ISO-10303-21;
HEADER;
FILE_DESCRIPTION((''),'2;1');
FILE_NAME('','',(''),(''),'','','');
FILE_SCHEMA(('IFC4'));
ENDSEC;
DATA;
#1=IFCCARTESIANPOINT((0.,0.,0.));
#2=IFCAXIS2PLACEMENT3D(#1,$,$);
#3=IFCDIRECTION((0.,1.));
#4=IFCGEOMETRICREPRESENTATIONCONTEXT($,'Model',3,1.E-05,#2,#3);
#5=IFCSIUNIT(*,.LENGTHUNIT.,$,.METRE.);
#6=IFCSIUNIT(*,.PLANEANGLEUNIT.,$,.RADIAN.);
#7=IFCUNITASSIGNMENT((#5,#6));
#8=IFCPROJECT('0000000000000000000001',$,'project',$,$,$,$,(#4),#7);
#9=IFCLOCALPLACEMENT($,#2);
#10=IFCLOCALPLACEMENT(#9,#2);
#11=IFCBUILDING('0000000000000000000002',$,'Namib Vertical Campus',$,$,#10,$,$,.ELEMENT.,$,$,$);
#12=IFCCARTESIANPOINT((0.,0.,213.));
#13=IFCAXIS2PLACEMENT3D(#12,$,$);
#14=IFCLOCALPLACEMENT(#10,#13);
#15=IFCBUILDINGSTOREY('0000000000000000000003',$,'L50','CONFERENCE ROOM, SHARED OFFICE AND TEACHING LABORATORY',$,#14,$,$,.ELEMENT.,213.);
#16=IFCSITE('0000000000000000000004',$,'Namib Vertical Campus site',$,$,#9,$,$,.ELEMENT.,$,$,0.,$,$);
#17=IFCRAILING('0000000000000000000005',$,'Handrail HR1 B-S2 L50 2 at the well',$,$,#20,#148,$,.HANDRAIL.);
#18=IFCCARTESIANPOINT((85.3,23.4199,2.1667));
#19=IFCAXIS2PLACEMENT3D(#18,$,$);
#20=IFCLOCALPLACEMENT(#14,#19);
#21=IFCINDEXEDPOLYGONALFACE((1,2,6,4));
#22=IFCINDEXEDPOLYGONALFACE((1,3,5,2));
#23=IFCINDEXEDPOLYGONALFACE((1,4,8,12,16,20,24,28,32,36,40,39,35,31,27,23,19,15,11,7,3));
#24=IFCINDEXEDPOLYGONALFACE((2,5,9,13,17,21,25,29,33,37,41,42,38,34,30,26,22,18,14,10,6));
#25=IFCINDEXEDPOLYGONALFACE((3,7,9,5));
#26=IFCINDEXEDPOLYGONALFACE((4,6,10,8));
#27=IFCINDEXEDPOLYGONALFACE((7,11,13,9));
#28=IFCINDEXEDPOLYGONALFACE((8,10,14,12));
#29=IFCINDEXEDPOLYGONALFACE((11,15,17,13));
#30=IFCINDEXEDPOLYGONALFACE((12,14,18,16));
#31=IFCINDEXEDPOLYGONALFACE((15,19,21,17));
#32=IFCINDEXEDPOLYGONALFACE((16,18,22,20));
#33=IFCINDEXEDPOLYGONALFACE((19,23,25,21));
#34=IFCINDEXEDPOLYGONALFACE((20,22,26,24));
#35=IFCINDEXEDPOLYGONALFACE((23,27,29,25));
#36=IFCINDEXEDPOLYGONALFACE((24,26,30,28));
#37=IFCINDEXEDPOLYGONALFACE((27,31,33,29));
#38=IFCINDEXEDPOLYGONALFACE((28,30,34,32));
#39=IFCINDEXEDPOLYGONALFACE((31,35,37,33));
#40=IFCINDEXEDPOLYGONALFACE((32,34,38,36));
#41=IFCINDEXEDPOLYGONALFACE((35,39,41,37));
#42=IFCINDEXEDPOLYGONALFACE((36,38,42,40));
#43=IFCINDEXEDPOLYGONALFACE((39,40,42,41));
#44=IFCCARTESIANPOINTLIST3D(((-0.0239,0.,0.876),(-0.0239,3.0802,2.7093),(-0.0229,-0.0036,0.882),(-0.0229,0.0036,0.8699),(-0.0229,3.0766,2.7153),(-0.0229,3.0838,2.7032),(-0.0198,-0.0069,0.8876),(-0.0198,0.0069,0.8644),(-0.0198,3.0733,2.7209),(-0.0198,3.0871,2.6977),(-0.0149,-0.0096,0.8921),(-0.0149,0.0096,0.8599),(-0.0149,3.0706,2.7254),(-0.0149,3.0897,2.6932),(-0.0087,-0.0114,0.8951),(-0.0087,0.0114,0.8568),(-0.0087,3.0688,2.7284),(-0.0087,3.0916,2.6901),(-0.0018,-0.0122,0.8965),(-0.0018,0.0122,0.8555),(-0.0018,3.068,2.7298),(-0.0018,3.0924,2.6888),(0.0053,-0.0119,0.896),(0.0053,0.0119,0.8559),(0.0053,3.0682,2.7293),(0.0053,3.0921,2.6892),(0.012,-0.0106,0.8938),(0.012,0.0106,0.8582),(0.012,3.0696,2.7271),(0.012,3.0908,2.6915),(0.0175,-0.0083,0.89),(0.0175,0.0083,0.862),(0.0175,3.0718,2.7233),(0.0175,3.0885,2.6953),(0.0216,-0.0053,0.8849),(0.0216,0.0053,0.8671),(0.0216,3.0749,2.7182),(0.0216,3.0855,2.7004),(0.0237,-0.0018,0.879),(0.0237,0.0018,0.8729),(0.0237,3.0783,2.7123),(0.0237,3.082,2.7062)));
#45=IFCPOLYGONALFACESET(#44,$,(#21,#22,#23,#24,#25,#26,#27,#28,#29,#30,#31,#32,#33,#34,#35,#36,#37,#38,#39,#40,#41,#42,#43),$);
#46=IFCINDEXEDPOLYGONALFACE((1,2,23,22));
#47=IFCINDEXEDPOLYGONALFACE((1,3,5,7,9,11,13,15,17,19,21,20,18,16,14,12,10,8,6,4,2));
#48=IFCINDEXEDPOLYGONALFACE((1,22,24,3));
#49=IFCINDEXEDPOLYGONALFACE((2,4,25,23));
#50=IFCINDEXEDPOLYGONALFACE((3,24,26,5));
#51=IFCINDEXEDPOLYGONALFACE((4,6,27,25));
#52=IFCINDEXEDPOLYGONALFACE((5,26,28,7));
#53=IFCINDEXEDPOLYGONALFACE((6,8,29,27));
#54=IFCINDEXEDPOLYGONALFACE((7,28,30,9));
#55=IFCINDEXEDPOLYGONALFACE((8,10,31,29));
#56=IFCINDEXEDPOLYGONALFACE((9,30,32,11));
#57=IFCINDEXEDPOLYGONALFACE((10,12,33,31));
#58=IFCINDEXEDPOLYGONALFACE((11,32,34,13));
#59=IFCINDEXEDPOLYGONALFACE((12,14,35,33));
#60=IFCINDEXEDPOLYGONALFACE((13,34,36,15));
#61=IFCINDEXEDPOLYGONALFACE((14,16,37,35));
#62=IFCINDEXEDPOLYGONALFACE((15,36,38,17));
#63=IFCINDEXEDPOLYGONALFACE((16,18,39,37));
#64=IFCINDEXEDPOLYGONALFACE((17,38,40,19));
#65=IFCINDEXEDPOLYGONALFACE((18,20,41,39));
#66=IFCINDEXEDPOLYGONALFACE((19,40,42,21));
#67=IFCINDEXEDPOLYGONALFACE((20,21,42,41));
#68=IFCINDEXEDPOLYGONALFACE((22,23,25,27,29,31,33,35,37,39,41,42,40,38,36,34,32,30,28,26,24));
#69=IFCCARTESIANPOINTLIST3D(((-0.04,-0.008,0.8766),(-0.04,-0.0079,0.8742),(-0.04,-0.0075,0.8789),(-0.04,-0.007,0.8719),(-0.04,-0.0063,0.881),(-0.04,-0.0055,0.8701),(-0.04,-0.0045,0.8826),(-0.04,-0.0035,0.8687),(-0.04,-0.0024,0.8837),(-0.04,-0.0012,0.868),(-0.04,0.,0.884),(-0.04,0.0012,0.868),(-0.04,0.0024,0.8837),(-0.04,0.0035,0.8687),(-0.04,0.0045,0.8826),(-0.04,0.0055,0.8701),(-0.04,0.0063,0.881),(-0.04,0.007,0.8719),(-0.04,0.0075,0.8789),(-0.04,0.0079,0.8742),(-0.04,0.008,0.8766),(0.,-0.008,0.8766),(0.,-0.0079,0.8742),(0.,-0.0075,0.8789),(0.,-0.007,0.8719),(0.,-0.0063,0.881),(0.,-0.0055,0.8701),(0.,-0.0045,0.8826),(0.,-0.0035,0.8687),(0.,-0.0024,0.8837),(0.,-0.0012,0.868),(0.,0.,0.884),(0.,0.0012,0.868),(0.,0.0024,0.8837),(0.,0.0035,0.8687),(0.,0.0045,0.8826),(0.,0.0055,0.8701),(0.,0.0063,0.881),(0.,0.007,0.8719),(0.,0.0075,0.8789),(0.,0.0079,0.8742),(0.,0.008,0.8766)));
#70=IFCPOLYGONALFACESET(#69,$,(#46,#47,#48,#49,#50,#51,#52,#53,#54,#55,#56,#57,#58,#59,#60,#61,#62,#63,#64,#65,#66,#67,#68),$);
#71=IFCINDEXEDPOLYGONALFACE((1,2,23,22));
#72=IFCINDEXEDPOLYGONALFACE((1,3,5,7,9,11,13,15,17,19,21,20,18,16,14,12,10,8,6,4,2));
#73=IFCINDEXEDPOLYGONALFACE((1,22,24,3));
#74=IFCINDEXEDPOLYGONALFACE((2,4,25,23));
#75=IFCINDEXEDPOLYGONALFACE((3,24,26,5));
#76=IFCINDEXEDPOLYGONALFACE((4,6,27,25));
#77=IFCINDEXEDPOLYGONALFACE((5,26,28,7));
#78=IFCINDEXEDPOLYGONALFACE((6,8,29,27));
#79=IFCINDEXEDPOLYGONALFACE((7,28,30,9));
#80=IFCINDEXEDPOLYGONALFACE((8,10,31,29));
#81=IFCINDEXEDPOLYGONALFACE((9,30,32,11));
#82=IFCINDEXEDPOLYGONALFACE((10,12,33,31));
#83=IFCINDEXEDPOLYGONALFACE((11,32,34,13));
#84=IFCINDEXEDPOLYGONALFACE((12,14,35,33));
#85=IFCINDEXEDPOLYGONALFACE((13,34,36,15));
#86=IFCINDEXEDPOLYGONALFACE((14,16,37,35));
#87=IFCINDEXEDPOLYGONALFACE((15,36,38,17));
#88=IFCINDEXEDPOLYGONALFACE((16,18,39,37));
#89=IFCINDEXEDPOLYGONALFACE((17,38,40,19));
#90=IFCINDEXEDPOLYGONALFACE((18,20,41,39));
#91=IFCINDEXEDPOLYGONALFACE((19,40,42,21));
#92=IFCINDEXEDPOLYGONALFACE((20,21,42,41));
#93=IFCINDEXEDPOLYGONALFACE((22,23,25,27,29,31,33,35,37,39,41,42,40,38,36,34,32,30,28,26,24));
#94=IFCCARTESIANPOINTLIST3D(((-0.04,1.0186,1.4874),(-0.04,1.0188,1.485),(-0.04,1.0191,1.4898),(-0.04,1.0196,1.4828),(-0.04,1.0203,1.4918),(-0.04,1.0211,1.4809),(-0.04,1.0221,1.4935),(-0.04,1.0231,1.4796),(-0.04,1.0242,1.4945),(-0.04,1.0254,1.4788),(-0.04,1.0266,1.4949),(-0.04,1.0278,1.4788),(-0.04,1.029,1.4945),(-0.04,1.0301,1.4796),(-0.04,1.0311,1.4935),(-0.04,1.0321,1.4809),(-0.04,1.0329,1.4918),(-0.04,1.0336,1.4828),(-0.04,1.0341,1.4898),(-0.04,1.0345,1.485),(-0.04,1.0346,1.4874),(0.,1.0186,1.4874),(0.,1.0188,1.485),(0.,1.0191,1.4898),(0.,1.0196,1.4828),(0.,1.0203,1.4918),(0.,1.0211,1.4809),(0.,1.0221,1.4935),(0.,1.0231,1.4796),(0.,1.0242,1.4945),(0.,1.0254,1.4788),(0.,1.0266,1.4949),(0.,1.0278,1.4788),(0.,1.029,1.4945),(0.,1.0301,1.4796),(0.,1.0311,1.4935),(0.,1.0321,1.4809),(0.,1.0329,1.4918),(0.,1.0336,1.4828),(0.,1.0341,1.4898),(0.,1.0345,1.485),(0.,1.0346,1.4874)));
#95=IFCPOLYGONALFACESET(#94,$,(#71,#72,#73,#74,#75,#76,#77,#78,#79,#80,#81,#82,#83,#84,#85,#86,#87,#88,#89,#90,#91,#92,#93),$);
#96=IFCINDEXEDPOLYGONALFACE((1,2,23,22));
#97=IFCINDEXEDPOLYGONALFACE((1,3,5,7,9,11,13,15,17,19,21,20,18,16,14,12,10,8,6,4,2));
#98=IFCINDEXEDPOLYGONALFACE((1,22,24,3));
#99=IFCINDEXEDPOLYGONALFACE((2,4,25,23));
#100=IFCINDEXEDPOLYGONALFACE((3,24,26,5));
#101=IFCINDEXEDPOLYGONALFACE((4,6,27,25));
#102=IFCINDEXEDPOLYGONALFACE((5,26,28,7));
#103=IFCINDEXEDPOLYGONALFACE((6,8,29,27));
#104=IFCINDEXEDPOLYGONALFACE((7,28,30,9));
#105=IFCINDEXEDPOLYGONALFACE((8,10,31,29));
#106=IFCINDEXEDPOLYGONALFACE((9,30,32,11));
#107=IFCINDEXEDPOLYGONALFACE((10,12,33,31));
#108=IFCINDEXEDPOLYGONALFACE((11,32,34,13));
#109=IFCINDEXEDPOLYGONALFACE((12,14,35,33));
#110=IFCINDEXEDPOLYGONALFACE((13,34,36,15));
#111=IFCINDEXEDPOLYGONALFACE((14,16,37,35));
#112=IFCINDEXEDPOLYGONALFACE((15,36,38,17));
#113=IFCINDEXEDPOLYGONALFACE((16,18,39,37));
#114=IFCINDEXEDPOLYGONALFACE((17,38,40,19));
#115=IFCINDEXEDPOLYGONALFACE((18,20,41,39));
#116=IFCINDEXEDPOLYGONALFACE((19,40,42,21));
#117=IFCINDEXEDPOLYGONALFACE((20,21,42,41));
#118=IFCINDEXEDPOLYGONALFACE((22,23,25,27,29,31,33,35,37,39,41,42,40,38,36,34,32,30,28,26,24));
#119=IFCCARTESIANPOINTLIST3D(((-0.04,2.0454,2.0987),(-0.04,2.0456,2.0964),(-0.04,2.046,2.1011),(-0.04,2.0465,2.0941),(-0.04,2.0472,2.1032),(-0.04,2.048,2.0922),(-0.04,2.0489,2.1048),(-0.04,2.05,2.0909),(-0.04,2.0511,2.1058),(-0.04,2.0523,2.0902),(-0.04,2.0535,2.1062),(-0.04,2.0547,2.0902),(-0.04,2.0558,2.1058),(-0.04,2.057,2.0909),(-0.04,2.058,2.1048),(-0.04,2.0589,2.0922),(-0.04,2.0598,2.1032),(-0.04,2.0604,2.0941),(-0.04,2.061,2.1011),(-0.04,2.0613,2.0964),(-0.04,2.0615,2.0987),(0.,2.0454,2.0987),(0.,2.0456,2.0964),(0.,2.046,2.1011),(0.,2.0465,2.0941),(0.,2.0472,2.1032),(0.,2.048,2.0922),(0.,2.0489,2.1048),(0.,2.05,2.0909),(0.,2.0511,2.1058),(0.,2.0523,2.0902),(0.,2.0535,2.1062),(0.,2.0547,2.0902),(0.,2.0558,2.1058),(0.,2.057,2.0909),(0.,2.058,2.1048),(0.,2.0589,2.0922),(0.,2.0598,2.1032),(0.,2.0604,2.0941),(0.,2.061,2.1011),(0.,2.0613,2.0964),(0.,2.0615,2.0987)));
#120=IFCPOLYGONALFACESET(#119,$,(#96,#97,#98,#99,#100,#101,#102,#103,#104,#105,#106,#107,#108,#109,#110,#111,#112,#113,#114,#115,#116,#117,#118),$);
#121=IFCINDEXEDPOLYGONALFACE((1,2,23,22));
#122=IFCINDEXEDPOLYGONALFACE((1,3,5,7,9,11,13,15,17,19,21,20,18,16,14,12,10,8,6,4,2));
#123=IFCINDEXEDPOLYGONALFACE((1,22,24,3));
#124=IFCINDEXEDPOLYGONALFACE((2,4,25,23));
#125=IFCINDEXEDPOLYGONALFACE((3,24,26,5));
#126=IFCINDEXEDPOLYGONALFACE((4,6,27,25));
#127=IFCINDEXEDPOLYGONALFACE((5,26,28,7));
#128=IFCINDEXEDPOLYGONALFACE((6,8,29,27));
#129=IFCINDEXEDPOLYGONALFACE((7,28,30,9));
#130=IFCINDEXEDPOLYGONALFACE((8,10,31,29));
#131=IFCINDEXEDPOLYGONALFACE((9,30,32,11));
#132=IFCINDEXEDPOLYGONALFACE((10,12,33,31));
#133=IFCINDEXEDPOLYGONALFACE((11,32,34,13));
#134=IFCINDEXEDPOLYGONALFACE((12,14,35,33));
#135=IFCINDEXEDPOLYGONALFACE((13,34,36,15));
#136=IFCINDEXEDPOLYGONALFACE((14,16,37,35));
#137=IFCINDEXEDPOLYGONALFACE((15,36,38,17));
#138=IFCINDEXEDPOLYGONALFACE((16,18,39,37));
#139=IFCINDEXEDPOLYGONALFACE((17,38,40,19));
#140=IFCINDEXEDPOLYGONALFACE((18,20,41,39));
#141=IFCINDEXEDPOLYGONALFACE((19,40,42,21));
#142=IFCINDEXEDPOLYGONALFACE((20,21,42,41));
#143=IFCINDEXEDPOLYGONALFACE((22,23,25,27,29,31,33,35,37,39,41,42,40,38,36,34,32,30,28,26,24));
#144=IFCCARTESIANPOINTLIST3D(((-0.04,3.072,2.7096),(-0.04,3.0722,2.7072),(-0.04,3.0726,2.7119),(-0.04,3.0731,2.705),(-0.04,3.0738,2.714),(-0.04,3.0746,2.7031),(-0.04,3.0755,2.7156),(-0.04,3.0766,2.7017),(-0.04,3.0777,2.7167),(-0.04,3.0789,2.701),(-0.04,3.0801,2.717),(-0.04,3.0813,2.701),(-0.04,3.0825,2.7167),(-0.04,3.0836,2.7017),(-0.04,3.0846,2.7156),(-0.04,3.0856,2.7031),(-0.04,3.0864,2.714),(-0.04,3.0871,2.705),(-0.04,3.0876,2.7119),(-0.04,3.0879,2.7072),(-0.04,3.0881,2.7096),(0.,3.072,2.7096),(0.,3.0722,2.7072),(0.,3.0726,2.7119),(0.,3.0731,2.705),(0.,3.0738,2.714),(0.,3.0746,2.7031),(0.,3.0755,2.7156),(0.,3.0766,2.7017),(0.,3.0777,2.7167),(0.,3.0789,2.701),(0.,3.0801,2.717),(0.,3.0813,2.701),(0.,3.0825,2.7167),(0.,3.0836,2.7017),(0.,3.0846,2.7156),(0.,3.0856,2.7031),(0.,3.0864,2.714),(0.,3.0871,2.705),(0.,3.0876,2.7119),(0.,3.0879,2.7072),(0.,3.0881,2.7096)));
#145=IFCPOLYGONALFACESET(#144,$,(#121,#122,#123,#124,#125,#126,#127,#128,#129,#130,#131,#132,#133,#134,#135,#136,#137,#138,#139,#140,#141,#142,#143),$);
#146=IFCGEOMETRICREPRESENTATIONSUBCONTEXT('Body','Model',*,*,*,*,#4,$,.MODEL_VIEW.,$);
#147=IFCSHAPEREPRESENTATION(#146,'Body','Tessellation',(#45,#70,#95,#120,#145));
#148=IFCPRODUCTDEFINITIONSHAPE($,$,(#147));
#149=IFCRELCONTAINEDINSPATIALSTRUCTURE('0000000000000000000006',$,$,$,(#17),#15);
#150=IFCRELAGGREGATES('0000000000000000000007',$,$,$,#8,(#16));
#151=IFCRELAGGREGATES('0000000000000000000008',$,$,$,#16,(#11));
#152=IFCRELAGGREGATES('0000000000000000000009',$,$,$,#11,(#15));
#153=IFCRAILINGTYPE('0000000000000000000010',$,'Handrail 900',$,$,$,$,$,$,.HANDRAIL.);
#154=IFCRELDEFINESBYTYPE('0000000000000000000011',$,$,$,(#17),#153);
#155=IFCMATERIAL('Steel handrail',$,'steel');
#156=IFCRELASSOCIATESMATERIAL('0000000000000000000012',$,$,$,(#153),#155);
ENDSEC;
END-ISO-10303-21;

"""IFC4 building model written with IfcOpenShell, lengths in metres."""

from ifc_helpers import new_model, si_unit, direction, frame, origin, origin_2d, place, context, subcontext, project, spatial, circle, extrude, material, type_object, element, save


model = new_model("IFC4")

# Units and contexts
model_context = context("Model", 3, precision=1e-05, world=origin(), true_north=direction((0.0, 1.0)))
body_context = subcontext(model_context, "Body", "Model", "MODEL_VIEW")
ifc_project = project(units=[si_unit("LENGTHUNIT", "METRE"), si_unit("PLANEANGLEUNIT", "RADIAN")], contexts=[model_context])

# Site, building, storey
site_placement = place(None, origin())
site = spatial("IfcSite", under=ifc_project, at=site_placement, Name="Namib Vertical Campus site", CompositionType="ELEMENT", RefElevation=0.0)
building_placement = place(site_placement, origin())
building = spatial("IfcBuilding", under=site, at=building_placement, Name="Namib Vertical Campus", CompositionType="ELEMENT")
storey_placement = place(building_placement, frame((0.0, 0.0, 213.0)))
storey = spatial("IfcBuildingStorey", under=building, at=storey_placement, Name="L50", Description="CONFERENCE ROOM, SHARED OFFICE AND TEACHING LABORATORY", CompositionType="ELEMENT", Elevation=213.0)

# Railing
ifc_material_1 = material(Name="Steel handrail", Category="steel")
railing_type_1 = type_object("IfcRailingType", Name="Handrail 900", PredefinedType="HANDRAIL", material=ifc_material_1)
railing_1_placement = place(storey_placement, frame((85.3, 23.4199, 2.1667)))
element("IfcRailing", 1, at=railing_1_placement, inside=storey, type_object=railing_type_1, Name="Handrail HR1 B-S2 L50 2 at the well", PredefinedType="HANDRAIL", context=body_context, shape_type="SweptSolid", body=[
    extrude(circle(Radius=0.0239, at=origin_2d()), frame((0.0, 0.0, 0.876), z_axis=(0.0, 0.859309, 0.511458), x_axis=(-1.0, 0.0, 0.0)), (0.0, 0.0, 1.0), 3.5845),
    extrude(circle(Radius=0.0081, at=origin_2d()), frame((0.0, 0.0, 0.876), z_axis=(-1.0, 0.0, 0.0), x_axis=(0.0, 0.0, 1.0)), (0.0, 0.0, 1.0), 0.04),
    extrude(circle(Radius=0.0081, at=origin_2d()), frame((0.0, 1.0266, 1.4868), z_axis=(-1.0, 0.0, 0.0), x_axis=(0.0, 0.0, 1.0)), (0.0, 0.0, 1.0), 0.04),
    extrude(circle(Radius=0.0081, at=origin_2d()), frame((0.0, 2.0535, 2.0981), z_axis=(-1.0, 0.0, 0.0), x_axis=(0.0, 0.0, 1.0)), (0.0, 0.0, 1.0), 0.04),
    extrude(circle(Radius=0.0081, at=origin_2d()), frame((0.0, 3.0801, 2.709), z_axis=(-1.0, 0.0, 0.0), x_axis=(0.0, 0.0, 1.0)), (0.0, 0.0, 1.0), 0.04),
])

save(model, "model.ifc")
